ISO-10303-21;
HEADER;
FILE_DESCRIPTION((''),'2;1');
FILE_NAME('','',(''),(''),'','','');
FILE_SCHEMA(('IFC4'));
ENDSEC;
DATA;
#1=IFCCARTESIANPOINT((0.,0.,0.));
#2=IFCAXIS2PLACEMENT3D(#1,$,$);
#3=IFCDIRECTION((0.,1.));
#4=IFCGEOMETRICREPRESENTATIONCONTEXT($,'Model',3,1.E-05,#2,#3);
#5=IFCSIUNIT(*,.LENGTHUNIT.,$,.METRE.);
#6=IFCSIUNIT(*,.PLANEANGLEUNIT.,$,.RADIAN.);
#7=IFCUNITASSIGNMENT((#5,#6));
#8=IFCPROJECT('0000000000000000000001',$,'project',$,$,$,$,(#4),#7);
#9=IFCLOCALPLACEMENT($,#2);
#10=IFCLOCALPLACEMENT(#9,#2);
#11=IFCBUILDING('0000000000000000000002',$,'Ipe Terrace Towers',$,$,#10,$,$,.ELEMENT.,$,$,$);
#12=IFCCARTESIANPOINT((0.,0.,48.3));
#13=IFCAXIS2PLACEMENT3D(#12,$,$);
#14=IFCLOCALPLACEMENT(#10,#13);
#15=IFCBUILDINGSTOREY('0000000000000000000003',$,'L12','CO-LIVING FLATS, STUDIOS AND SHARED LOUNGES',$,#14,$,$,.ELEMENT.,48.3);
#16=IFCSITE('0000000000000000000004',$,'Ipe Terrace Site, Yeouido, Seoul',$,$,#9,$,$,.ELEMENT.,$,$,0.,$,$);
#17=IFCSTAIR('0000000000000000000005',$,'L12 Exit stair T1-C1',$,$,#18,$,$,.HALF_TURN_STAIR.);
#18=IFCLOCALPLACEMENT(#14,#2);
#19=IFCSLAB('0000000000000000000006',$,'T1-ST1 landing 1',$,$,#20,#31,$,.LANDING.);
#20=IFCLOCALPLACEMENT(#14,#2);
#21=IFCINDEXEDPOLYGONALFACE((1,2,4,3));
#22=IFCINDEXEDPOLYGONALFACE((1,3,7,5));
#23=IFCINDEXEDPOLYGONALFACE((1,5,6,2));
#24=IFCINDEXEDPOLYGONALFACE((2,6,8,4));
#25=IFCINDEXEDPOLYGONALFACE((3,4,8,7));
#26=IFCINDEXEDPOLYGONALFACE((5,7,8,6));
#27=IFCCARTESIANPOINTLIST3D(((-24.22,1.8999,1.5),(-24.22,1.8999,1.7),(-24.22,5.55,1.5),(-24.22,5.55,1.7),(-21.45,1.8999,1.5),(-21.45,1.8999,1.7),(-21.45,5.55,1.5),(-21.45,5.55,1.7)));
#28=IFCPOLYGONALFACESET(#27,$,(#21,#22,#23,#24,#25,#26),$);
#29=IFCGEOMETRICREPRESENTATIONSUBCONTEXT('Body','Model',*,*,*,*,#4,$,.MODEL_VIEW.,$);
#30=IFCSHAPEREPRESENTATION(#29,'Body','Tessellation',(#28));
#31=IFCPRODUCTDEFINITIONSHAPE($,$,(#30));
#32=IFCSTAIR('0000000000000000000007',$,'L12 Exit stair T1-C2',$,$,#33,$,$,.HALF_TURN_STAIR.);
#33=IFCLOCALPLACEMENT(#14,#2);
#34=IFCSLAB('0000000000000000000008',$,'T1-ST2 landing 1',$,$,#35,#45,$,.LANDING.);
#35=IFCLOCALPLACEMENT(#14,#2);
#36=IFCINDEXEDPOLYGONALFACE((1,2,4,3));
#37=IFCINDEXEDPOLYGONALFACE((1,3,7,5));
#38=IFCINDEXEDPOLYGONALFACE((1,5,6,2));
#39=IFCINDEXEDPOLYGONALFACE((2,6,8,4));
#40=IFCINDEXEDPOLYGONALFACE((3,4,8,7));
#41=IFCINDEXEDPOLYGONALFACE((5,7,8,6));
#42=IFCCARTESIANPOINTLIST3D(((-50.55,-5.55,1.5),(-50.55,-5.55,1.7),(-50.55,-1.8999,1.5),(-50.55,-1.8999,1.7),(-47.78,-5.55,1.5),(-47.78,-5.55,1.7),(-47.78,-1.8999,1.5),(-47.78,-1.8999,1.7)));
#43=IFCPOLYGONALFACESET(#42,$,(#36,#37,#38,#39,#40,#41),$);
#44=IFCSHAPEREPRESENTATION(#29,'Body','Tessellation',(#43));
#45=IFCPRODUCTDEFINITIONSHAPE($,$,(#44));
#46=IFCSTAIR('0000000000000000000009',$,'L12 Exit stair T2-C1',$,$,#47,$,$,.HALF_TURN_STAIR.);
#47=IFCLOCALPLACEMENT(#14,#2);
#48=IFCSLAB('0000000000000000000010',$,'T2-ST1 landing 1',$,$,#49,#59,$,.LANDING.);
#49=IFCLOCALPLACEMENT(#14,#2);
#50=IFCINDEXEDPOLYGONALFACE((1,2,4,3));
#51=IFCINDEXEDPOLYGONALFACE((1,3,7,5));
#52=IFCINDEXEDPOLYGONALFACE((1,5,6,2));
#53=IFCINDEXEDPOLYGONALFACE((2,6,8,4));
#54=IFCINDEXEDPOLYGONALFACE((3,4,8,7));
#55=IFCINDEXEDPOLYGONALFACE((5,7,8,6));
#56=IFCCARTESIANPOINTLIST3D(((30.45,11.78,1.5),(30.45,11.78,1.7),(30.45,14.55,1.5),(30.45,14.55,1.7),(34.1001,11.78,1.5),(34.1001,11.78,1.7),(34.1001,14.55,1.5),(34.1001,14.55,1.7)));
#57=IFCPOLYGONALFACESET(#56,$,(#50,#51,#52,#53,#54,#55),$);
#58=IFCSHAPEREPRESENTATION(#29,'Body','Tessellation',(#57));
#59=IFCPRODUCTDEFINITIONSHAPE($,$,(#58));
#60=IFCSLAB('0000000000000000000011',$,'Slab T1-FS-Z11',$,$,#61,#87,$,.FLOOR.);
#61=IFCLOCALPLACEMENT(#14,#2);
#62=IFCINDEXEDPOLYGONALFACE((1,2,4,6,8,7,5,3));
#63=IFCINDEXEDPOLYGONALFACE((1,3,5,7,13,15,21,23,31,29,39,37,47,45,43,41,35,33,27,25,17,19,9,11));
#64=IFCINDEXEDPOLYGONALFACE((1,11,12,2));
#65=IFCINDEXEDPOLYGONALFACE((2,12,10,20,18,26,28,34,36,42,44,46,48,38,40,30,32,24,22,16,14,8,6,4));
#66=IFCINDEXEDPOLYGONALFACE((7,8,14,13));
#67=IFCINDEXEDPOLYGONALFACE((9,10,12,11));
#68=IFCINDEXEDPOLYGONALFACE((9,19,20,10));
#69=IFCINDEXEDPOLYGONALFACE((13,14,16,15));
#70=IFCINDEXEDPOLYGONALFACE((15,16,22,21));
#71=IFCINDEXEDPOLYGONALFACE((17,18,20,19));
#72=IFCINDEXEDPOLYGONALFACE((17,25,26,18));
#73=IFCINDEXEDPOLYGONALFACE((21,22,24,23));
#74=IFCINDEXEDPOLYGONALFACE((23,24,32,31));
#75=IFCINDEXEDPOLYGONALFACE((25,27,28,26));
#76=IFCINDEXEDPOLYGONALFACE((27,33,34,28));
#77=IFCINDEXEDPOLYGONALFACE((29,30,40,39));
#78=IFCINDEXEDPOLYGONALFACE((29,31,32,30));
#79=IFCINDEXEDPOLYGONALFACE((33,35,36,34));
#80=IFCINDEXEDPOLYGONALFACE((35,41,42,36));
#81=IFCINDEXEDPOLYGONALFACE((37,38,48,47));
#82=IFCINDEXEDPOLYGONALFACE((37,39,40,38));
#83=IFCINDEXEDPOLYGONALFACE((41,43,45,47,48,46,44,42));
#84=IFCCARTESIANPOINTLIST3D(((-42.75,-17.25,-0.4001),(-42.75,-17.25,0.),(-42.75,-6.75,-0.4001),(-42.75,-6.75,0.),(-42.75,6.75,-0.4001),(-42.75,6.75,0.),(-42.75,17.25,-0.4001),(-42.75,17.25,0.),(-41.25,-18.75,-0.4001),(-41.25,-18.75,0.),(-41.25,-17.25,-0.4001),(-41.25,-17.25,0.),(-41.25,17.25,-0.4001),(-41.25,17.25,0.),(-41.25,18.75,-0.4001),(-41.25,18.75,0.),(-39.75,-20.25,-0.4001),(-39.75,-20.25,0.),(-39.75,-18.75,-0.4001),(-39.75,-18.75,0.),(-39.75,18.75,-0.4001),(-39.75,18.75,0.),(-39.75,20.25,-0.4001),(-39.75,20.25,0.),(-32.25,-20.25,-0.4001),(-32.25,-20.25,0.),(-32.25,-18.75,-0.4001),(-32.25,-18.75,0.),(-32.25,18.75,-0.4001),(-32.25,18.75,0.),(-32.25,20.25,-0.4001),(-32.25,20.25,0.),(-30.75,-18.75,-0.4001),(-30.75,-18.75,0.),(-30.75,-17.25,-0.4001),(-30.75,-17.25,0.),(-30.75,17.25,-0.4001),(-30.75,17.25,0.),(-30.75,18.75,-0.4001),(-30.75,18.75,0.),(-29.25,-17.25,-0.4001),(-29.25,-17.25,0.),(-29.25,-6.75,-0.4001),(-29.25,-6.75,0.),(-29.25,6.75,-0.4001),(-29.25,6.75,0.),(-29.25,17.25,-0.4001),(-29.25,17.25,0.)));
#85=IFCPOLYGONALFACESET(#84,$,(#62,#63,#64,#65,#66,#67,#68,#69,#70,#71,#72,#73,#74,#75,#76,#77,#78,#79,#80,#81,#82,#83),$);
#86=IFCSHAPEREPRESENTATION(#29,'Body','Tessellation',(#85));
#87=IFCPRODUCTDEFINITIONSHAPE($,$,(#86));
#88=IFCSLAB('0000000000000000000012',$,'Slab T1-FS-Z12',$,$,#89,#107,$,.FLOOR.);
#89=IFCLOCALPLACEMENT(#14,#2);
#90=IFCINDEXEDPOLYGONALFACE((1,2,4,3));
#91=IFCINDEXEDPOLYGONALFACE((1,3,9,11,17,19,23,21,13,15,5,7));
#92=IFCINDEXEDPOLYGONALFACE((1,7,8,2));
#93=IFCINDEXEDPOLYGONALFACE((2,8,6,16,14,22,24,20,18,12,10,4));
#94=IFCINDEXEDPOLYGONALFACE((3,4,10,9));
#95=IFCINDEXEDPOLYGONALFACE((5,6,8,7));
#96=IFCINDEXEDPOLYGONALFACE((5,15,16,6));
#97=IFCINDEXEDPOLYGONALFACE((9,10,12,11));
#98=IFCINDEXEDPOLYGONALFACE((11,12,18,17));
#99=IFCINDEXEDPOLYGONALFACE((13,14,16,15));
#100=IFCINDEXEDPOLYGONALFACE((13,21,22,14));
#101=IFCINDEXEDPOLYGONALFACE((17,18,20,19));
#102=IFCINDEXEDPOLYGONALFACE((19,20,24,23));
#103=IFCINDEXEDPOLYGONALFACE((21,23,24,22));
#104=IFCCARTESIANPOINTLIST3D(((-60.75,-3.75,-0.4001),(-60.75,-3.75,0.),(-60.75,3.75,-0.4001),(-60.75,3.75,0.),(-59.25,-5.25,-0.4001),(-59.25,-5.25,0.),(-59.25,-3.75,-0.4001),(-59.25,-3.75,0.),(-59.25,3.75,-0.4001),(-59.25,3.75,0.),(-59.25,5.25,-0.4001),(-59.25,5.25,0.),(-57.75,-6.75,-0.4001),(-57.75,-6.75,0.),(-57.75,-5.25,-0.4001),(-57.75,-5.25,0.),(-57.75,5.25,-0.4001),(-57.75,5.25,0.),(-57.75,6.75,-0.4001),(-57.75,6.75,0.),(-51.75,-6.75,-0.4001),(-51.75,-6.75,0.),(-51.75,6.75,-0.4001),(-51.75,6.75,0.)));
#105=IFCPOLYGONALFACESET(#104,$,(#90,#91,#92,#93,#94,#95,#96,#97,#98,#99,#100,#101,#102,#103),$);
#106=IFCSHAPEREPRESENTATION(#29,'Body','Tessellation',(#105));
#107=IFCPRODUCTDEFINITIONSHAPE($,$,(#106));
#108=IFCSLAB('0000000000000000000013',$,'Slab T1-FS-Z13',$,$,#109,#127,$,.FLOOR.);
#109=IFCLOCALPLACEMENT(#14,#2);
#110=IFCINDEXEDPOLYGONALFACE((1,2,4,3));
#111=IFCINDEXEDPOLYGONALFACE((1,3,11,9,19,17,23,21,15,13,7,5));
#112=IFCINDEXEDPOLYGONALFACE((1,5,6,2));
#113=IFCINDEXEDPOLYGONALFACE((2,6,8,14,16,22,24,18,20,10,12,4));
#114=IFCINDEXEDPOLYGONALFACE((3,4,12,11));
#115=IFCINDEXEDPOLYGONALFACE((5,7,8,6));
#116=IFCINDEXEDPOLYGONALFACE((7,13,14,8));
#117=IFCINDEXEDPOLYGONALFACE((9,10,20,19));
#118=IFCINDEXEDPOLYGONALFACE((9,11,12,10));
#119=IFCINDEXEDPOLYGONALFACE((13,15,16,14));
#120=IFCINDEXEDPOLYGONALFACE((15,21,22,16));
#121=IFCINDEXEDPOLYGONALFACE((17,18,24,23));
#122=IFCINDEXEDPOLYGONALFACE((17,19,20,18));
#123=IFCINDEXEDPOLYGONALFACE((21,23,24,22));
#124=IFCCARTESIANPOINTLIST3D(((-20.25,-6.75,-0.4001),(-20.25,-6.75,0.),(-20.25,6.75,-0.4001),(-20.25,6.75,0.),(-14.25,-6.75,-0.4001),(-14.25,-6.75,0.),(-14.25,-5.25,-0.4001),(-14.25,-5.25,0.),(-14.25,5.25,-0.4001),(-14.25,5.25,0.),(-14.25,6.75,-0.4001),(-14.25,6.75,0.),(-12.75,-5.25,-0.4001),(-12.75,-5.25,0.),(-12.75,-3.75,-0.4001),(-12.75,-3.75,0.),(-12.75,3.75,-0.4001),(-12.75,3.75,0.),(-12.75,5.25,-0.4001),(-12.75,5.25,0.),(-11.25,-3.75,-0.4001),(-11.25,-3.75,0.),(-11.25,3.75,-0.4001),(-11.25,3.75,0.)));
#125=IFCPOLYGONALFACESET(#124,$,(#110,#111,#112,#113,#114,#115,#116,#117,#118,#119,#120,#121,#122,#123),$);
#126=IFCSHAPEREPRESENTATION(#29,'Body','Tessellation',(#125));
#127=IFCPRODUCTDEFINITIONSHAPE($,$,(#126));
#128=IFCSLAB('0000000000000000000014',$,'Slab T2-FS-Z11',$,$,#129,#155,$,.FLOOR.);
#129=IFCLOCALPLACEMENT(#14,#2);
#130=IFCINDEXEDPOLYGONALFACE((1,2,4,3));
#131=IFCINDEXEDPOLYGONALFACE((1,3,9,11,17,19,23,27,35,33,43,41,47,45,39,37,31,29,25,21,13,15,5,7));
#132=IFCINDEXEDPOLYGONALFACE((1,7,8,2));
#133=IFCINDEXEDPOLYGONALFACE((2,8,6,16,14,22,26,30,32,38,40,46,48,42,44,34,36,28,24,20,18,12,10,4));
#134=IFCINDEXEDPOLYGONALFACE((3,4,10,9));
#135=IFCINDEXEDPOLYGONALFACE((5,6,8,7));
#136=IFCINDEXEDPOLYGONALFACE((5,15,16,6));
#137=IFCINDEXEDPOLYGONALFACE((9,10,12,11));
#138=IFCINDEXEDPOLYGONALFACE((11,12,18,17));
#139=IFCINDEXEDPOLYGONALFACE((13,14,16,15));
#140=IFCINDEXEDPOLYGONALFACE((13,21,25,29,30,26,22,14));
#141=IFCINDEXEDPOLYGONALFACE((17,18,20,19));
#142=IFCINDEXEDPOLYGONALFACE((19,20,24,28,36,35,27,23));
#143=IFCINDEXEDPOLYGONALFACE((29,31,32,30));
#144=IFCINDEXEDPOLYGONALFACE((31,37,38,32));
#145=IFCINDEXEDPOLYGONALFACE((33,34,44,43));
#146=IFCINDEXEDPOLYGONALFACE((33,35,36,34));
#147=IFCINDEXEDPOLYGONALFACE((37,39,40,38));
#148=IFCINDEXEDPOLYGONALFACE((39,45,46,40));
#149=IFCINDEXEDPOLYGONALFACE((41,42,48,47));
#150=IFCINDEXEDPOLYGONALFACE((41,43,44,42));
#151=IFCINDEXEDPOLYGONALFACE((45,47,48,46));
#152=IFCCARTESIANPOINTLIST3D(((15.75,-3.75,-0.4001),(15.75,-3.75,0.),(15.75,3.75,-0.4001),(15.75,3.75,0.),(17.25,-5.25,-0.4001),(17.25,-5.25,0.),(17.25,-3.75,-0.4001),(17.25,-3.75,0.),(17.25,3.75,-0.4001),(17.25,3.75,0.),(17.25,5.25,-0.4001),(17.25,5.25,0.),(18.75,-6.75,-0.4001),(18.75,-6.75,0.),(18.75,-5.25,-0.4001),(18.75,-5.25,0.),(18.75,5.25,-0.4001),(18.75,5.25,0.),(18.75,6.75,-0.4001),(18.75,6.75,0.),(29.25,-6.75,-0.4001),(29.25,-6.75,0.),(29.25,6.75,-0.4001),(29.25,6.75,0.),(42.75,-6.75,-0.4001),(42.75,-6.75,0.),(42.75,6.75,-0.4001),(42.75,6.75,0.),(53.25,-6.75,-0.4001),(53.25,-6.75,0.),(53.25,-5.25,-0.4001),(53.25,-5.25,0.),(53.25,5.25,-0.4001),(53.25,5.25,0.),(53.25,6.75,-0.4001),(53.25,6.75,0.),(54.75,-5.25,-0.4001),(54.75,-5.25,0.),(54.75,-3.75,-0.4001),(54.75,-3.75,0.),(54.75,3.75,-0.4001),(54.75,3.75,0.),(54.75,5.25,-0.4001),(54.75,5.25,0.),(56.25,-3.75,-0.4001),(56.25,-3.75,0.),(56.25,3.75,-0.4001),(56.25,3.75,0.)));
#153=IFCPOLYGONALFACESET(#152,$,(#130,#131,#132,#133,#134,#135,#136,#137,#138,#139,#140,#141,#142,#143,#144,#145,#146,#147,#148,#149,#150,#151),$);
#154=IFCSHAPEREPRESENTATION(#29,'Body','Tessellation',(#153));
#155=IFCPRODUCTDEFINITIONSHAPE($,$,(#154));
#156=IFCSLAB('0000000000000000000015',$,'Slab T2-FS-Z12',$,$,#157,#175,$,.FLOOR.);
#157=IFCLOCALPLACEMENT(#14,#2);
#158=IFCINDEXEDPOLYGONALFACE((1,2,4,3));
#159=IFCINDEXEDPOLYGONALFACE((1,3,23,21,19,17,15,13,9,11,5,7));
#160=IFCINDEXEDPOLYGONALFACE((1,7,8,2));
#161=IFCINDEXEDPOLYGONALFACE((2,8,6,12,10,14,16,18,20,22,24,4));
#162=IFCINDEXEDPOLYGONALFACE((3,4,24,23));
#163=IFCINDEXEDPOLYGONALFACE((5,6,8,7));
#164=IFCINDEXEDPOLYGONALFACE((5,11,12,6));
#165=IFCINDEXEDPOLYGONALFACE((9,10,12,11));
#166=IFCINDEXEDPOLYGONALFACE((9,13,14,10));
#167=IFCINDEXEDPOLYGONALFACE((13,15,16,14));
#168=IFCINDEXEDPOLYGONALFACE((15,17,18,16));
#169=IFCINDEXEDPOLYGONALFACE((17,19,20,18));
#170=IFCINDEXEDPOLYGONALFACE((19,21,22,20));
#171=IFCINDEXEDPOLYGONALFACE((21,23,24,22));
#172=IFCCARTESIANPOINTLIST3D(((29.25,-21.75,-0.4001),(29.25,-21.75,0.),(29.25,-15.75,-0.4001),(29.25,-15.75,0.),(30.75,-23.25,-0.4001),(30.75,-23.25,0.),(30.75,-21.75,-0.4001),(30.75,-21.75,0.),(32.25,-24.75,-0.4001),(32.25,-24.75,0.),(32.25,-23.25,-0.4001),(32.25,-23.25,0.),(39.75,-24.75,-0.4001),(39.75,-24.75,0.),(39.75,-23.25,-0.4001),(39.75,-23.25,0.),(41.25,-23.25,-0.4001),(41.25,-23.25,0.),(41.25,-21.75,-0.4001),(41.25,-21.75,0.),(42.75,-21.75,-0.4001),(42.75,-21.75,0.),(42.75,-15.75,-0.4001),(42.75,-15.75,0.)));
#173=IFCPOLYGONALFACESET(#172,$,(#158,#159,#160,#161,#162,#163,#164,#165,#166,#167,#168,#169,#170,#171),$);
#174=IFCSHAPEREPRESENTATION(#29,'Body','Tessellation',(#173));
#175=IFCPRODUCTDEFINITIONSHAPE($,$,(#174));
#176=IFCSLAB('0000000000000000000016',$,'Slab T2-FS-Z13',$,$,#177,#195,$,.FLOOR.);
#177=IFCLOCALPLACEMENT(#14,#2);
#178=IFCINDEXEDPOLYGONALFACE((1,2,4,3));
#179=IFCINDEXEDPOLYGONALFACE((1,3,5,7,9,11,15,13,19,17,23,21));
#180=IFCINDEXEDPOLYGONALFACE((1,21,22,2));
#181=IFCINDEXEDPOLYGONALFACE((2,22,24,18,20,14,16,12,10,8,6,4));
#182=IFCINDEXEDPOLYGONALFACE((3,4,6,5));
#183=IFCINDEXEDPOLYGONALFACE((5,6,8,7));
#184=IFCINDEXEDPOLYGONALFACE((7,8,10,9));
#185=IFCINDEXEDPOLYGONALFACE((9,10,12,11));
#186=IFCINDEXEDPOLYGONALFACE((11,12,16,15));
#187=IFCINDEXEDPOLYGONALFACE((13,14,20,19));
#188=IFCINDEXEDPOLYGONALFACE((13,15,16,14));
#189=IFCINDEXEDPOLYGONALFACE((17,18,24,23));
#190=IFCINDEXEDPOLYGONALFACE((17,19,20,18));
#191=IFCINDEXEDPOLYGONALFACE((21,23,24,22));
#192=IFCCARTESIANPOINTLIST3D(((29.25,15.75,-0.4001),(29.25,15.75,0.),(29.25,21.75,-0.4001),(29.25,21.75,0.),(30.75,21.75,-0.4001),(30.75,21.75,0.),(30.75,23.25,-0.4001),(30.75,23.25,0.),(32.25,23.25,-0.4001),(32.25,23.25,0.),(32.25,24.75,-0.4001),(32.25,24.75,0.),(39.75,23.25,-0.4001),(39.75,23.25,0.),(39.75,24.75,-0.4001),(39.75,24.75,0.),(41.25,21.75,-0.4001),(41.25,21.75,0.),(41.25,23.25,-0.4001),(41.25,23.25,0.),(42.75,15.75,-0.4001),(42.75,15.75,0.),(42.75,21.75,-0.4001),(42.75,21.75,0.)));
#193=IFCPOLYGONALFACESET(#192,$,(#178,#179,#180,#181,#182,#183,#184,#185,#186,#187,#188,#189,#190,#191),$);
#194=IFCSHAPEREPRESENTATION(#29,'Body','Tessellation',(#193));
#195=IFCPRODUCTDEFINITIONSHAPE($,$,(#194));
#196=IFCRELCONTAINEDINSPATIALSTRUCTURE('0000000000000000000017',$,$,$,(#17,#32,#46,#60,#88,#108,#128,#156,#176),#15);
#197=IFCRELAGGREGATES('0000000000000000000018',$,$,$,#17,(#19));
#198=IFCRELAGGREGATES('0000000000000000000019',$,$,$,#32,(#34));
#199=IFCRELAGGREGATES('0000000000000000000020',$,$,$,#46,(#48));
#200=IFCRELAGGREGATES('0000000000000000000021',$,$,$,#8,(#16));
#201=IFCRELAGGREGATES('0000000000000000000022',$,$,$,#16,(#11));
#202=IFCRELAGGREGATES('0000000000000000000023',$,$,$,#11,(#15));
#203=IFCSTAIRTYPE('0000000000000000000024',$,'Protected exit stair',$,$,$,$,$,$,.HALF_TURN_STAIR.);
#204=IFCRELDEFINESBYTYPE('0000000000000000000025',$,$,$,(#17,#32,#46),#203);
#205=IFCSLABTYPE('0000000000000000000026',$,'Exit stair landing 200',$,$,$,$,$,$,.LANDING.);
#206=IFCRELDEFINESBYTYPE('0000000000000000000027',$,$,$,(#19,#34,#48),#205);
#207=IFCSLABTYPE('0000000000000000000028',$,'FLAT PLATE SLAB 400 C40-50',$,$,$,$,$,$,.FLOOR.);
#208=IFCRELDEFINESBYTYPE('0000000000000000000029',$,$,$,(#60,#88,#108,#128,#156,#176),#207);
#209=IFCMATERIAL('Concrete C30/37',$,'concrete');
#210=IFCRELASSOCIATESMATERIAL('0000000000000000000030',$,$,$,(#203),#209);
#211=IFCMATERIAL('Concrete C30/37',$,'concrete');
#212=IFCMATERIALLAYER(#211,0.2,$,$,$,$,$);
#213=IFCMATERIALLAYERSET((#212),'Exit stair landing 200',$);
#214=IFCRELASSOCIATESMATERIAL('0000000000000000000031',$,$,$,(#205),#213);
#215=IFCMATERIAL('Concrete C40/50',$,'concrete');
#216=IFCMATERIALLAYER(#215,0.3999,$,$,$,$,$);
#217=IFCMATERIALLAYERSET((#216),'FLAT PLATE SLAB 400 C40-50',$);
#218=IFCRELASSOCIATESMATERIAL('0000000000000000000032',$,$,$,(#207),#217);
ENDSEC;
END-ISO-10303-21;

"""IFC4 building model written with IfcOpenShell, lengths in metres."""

from ifc_helpers import new_model, si_unit, direction, frame, origin, place, context, subcontext, project, spatial, polyline, outline, extrude, material, layer, layer_set, type_object, element, aggregate, save


model = new_model("IFC4")

# Units and contexts
model_context = context("Model", 3, precision=1e-05, world=origin(), true_north=direction((0.0, 1.0)))
body_context = subcontext(model_context, "Body", "Model", "MODEL_VIEW")
ifc_project = project(units=[si_unit("LENGTHUNIT", "METRE"), si_unit("PLANEANGLEUNIT", "RADIAN")], contexts=[model_context])

# Site, building, storey
site_placement = place(None, origin())
site = spatial("IfcSite", under=ifc_project, at=site_placement, Name="Ipe Terrace Site, Yeouido, Seoul", CompositionType="ELEMENT", RefElevation=0.0)
building_placement = place(site_placement, origin())
building = spatial("IfcBuilding", under=site, at=building_placement, Name="Ipe Terrace Towers", CompositionType="ELEMENT")
storey_placement = place(building_placement, frame((0.0, 0.0, 48.3)))
storey = spatial("IfcBuildingStorey", under=building, at=storey_placement, Name="L12", Description="CO-LIVING FLATS, STUDIOS AND SHARED LOUNGES", CompositionType="ELEMENT", Elevation=48.3)

# Stairs, slabs
ifc_material_1 = material(Name="Concrete C30/37", Category="concrete")
stair_type = type_object("IfcStairType", Name="Protected exit stair", PredefinedType="HALF_TURN_STAIR", material=ifc_material_1)
stair_1_placement = place(storey_placement, origin())
stair_1 = element("IfcStair", 1, at=stair_1_placement, inside=storey, type_object=stair_type, Name="L12 Exit stair T1-C1", PredefinedType="HALF_TURN_STAIR")
ifc_material_2 = material(Name="Concrete C30/37", Category="concrete")
ifc_layer_1 = layer(ifc_material_2, 0.2)
ifc_layer_set_1 = layer_set([ifc_layer_1], Name="Exit stair landing 200")
slab_type_1 = type_object("IfcSlabType", Name="Exit stair landing 200", PredefinedType="LANDING", material=ifc_layer_set_1)
slab_1_placement = place(storey_placement, frame((0.0, 0.0, 1.5)))
slab_1 = element("IfcSlab", 2, at=slab_1_placement, type_object=slab_type_1, Name="T1-ST1 landing 1", PredefinedType="LANDING", context=body_context, shape_type="SweptSolid", body=[
    extrude(outline(polyline([(-24.22, 1.8999), (-21.45, 1.8999), (-21.45, 5.55), (-24.22, 5.55), (-24.22, 1.8999)])), origin(), (0.0, 0.0, 1.0), 0.2),
])
aggregate(stair_1, [slab_1])
stair_2_placement = place(storey_placement, origin())
stair_2 = element("IfcStair", 3, at=stair_2_placement, inside=storey, type_object=stair_type, Name="L12 Exit stair T1-C2", PredefinedType="HALF_TURN_STAIR")
slab_2_placement = place(storey_placement, frame((0.0, 0.0, 1.5)))
slab_2 = element("IfcSlab", 4, at=slab_2_placement, type_object=slab_type_1, Name="T1-ST2 landing 1", PredefinedType="LANDING", context=body_context, shape_type="SweptSolid", body=[
    extrude(outline(polyline([(-47.78, -1.8999), (-50.55, -1.8999), (-50.55, -5.55), (-47.78, -5.55), (-47.78, -1.8999)])), origin(), (0.0, 0.0, 1.0), 0.2),
])
aggregate(stair_2, [slab_2])
stair_3_placement = place(storey_placement, origin())
stair_3 = element("IfcStair", 5, at=stair_3_placement, inside=storey, type_object=stair_type, Name="L12 Exit stair T2-C1", PredefinedType="HALF_TURN_STAIR")
slab_3_placement = place(storey_placement, frame((0.0, 0.0, 1.5)))
slab_3 = element("IfcSlab", 6, at=slab_3_placement, type_object=slab_type_1, Name="T2-ST1 landing 1", PredefinedType="LANDING", context=body_context, shape_type="SweptSolid", body=[
    extrude(outline(polyline([(34.1001, 11.78), (34.1001, 14.55), (30.45, 14.55), (30.45, 11.78), (34.1001, 11.78)])), origin(), (0.0, 0.0, 1.0), 0.2),
])
aggregate(stair_3, [slab_3])

# Slabs
ifc_material_3 = material(Name="Concrete C40/50", Category="concrete")
ifc_layer_2 = layer(ifc_material_3, 0.3999)
ifc_layer_set_2 = layer_set([ifc_layer_2], Name="FLAT PLATE SLAB 400 C40-50")
slab_type_2 = type_object("IfcSlabType", Name="FLAT PLATE SLAB 400 C40-50", PredefinedType="FLOOR", material=ifc_layer_set_2)
slab_4_placement = place(storey_placement, frame((0.0, 0.0, -0.4001)))
element("IfcSlab", 7, at=slab_4_placement, inside=storey, type_object=slab_type_2, Name="Slab T1-FS-Z11", PredefinedType="FLOOR", context=body_context, shape_type="SweptSolid", body=[
    extrude(outline(polyline([(-30.75, -17.25), (-30.75, -18.75), (-32.25, -18.75), (-32.25, -20.25), (-39.75, -20.25), (-39.75, -18.75), (-41.25, -18.75), (-41.25, -17.25), (-42.75, -17.25), (-42.75, -6.75), (-42.75, 6.75), (-42.75, 17.25), (-41.25, 17.25), (-41.25, 18.75), (-39.75, 18.75), (-39.75, 20.25), (-32.25, 20.25), (-32.25, 18.75), (-30.75, 18.75), (-30.75, 17.25), (-29.25, 17.25), (-29.25, 6.75), (-29.25, -6.75), (-29.25, -17.25), (-30.75, -17.25)])), origin(), (0.0, 0.0, 1.0), 0.4001),
])
slab_5_placement = place(storey_placement, frame((0.0, 0.0, -0.4001)))
element("IfcSlab", 8, at=slab_5_placement, inside=storey, type_object=slab_type_2, Name="Slab T1-FS-Z12", PredefinedType="FLOOR", context=body_context, shape_type="SweptSolid", body=[
    extrude(outline(polyline([(-57.75, -6.75), (-57.75, -5.25), (-59.25, -5.25), (-59.25, -3.75), (-60.75, -3.75), (-60.75, 3.75), (-59.25, 3.75), (-59.25, 5.25), (-57.75, 5.25), (-57.75, 6.75), (-51.75, 6.75), (-51.75, -6.75), (-57.75, -6.75)])), origin(), (0.0, 0.0, 1.0), 0.4001),
])
slab_6_placement = place(storey_placement, frame((0.0, 0.0, -0.4001)))
element("IfcSlab", 9, at=slab_6_placement, inside=storey, type_object=slab_type_2, Name="Slab T1-FS-Z13", PredefinedType="FLOOR", context=body_context, shape_type="SweptSolid", body=[
    extrude(outline(polyline([(-14.25, 5.25), (-12.75, 5.25), (-12.75, 3.75), (-11.25, 3.75), (-11.25, -3.75), (-12.75, -3.75), (-12.75, -5.25), (-14.25, -5.25), (-14.25, -6.75), (-20.25, -6.75), (-20.25, 6.75), (-14.25, 6.75), (-14.25, 5.25)])), origin(), (0.0, 0.0, 1.0), 0.4001),
])
slab_7_placement = place(storey_placement, frame((0.0, 0.0, -0.4001)))
element("IfcSlab", 10, at=slab_7_placement, inside=storey, type_object=slab_type_2, Name="Slab T2-FS-Z11", PredefinedType="FLOOR", context=body_context, shape_type="SweptSolid", body=[
    extrude(outline(polyline([(53.25, 5.25), (54.75, 5.25), (54.75, 3.75), (56.25, 3.75), (56.25, -3.75), (54.75, -3.75), (54.75, -5.25), (53.25, -5.25), (53.25, -6.75), (42.75, -6.75), (29.25, -6.75), (18.75, -6.75), (18.75, -5.25), (17.25, -5.25), (17.25, -3.75), (15.75, -3.75), (15.75, 3.75), (17.25, 3.75), (17.25, 5.25), (18.75, 5.25), (18.75, 6.75), (29.25, 6.75), (42.75, 6.75), (53.25, 6.75), (53.25, 5.25)])), origin(), (0.0, 0.0, 1.0), 0.4001),
])
slab_8_placement = place(storey_placement, frame((0.0, 0.0, -0.4001)))
element("IfcSlab", 11, at=slab_8_placement, inside=storey, type_object=slab_type_2, Name="Slab T2-FS-Z12", PredefinedType="FLOOR", context=body_context, shape_type="SweptSolid", body=[
    extrude(outline(polyline([(42.75, -21.75), (41.25, -21.75), (41.25, -23.25), (39.75, -23.25), (39.75, -24.75), (32.25, -24.75), (32.25, -23.25), (30.75, -23.25), (30.75, -21.75), (29.25, -21.75), (29.25, -15.75), (42.75, -15.75), (42.75, -21.75)])), origin(), (0.0, 0.0, 1.0), 0.4001),
])
slab_9_placement = place(storey_placement, frame((0.0, 0.0, -0.4001)))
element("IfcSlab", 12, at=slab_9_placement, inside=storey, type_object=slab_type_2, Name="Slab T2-FS-Z13", PredefinedType="FLOOR", context=body_context, shape_type="SweptSolid", body=[
    extrude(outline(polyline([(30.75, 21.75), (30.75, 23.25), (32.25, 23.25), (32.25, 24.75), (39.75, 24.75), (39.75, 23.25), (41.25, 23.25), (41.25, 21.75), (42.75, 21.75), (42.75, 15.75), (29.25, 15.75), (29.25, 21.75), (30.75, 21.75)])), origin(), (0.0, 0.0, 1.0), 0.4001),
])

save(model, "model.ifc")
